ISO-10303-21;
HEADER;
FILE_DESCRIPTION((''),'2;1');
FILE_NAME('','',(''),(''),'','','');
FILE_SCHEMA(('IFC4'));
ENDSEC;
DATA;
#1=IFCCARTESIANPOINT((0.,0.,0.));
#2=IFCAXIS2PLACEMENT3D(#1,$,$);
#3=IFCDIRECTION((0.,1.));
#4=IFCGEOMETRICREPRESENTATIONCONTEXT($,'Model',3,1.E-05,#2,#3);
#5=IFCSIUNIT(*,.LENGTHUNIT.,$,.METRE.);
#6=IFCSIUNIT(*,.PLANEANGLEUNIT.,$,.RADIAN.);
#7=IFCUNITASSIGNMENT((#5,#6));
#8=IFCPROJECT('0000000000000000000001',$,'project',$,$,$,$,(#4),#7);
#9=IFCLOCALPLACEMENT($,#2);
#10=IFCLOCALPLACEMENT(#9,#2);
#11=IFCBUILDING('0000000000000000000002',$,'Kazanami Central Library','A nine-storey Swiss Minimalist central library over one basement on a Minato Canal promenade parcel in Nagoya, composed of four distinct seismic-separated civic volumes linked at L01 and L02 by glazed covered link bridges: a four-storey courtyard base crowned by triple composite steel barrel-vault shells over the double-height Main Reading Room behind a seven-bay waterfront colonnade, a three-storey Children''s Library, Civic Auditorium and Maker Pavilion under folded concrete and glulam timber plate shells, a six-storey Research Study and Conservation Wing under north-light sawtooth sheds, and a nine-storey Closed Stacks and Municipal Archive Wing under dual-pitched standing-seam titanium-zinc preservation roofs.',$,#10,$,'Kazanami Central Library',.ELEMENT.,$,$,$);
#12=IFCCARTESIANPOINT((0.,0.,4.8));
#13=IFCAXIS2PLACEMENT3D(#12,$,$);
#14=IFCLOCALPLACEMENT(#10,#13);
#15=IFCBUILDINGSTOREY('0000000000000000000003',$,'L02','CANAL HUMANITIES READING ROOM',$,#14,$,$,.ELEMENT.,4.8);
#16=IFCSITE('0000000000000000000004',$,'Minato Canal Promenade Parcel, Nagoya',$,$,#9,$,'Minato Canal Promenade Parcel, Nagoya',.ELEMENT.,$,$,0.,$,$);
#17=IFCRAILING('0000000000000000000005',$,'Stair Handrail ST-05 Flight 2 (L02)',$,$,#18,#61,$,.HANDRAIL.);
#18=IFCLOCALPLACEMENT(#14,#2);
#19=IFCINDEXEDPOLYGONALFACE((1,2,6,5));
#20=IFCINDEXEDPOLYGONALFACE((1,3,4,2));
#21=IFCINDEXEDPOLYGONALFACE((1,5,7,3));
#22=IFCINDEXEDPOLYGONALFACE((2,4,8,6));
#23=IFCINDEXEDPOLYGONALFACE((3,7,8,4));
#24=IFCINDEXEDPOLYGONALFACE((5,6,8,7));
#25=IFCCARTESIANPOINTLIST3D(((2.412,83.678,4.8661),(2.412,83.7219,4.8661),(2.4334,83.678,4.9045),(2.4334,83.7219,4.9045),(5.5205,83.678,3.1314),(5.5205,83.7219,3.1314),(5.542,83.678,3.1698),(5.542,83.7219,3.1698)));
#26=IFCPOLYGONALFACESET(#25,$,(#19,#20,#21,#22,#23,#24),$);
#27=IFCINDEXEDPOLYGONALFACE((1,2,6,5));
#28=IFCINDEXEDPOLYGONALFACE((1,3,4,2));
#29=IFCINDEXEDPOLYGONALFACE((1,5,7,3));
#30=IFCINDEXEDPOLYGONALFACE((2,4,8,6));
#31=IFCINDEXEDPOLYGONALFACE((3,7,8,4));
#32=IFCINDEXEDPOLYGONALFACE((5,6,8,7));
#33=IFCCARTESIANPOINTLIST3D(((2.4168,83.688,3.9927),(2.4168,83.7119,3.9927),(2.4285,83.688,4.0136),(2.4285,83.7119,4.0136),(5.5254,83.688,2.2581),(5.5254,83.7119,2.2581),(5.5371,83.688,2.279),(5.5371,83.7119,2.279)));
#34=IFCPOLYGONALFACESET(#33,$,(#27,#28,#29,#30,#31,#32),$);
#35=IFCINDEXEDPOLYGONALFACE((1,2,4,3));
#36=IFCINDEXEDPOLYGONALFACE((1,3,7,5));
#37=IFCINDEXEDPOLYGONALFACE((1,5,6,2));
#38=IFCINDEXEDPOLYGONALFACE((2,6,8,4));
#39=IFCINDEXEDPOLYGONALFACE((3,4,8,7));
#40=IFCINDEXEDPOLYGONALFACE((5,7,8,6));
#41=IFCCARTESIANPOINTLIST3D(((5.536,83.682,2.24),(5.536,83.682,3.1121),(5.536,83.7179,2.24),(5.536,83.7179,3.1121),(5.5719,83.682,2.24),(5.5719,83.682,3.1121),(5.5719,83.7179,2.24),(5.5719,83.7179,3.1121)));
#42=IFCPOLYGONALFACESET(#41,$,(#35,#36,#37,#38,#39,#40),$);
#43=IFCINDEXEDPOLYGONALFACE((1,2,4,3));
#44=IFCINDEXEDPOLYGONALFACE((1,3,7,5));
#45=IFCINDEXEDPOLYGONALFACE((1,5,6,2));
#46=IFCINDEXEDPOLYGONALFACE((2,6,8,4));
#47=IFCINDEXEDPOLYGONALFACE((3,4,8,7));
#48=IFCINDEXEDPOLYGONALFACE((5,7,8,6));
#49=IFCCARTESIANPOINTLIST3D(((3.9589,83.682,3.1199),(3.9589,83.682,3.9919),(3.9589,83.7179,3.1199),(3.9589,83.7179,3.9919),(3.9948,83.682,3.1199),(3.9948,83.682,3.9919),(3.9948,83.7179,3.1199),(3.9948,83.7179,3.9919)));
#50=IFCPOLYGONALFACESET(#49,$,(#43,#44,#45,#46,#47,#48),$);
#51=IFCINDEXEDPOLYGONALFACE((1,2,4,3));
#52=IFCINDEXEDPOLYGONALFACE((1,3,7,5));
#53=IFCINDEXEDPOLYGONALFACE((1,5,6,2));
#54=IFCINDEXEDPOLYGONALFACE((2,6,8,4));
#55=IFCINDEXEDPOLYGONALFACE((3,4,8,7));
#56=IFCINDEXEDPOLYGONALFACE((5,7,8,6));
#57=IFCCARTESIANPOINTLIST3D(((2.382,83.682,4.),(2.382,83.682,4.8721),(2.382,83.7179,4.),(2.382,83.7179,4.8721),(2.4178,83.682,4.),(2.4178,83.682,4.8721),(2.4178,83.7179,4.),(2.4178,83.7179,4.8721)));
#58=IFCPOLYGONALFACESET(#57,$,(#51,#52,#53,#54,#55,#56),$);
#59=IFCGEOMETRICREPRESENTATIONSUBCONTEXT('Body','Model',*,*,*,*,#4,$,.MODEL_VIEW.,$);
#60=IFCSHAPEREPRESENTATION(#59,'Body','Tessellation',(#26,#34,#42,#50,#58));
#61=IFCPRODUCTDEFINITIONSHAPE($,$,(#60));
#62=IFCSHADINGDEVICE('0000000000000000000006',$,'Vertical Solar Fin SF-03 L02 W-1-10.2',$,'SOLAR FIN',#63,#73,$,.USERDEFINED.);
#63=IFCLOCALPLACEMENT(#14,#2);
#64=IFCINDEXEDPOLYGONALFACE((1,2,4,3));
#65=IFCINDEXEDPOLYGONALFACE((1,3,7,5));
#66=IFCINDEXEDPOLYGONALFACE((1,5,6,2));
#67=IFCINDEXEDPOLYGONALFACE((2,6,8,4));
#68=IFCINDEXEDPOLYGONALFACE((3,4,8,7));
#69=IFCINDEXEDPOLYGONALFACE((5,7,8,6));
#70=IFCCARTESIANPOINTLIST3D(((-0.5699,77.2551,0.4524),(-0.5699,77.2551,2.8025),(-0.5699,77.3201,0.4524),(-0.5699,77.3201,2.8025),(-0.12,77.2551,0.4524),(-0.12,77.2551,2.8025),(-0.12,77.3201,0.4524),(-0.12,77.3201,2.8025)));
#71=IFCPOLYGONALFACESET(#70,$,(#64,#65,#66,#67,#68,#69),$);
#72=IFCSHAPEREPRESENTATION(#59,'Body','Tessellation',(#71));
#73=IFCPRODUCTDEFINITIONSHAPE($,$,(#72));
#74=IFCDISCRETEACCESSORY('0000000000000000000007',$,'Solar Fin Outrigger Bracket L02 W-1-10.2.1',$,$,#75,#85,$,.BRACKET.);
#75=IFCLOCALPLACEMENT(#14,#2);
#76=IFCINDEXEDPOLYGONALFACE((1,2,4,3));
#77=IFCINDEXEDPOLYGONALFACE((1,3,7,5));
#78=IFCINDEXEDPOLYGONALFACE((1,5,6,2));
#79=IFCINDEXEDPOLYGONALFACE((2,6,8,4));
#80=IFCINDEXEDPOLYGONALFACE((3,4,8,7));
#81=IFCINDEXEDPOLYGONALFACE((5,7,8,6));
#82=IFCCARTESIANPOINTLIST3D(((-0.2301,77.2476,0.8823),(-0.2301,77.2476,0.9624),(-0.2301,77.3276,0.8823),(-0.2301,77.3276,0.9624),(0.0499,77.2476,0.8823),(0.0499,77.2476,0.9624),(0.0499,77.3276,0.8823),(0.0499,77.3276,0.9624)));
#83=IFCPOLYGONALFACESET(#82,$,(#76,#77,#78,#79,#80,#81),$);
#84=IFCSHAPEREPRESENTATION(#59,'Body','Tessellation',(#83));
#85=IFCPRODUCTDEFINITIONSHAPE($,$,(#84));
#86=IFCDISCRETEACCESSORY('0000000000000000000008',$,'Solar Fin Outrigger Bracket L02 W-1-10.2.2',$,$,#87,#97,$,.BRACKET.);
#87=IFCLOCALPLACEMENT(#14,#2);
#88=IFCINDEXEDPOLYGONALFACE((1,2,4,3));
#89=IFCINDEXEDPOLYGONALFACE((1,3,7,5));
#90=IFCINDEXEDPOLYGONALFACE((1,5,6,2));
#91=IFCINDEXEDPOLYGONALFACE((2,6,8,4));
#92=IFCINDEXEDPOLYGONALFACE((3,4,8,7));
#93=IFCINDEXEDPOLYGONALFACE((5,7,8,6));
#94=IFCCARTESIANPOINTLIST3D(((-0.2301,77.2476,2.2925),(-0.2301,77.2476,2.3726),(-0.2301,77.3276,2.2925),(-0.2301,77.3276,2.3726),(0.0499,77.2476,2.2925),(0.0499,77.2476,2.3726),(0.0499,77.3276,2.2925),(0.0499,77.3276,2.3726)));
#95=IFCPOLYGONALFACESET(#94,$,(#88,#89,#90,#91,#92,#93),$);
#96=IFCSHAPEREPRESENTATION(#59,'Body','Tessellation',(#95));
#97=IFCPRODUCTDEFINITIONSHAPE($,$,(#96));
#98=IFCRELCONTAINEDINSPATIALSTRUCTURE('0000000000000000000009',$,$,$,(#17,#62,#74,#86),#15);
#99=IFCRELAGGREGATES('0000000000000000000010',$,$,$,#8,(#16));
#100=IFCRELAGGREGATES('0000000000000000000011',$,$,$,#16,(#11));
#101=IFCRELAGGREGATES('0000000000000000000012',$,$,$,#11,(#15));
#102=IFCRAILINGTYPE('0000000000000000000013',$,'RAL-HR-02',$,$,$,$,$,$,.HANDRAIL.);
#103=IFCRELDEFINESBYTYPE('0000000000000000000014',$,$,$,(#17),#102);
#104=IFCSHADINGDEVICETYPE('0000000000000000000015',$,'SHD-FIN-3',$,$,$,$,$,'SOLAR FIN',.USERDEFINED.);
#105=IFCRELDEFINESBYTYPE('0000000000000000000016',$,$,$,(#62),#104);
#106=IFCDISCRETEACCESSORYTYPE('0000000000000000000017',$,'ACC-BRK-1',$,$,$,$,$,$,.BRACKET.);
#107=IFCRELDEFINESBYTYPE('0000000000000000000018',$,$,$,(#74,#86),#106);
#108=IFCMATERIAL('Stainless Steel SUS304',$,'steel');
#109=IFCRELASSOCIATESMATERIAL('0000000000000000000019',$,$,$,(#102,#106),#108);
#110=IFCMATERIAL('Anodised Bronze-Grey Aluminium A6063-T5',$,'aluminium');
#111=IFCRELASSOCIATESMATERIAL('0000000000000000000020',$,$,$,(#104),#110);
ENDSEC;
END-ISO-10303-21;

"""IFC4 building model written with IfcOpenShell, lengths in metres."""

from ifc_helpers import new_model, si_unit, direction, frame, origin, origin_2d, place, context, subcontext, project, spatial, rectangle, extrude, material, type_object, element, save


model = new_model("IFC4")

# Units and contexts
model_context = context("Model", 3, precision=1e-05, world=origin(), true_north=direction((0.0, 1.0)))
body_context = subcontext(model_context, "Body", "Model", "MODEL_VIEW")
ifc_project = project(units=[si_unit("LENGTHUNIT", "METRE"), si_unit("PLANEANGLEUNIT", "RADIAN")], contexts=[model_context])

# Site, building, storey
site_placement = place(None, origin())
site = spatial("IfcSite", under=ifc_project, at=site_placement, Name="Minato Canal Promenade Parcel, Nagoya", LongName="Minato Canal Promenade Parcel, Nagoya", CompositionType="ELEMENT", RefElevation=0.0)
building_placement = place(site_placement, origin())
building = spatial("IfcBuilding", under=site, at=building_placement, Name="Kazanami Central Library", Description="A nine-storey Swiss Minimalist central library over one basement on a Minato Canal promenade parcel in Nagoya, composed of four distinct seismic-separated civic volumes linked at L01 and L02 by glazed covered link bridges: a four-storey courtyard base crowned by triple composite steel barrel-vault shells over the double-height Main Reading Room behind a seven-bay waterfront colonnade, a three-storey Children's Library, Civic Auditorium and Maker Pavilion under folded concrete and glulam timber plate shells, a six-storey Research Study and Conservation Wing under north-light sawtooth sheds, and a nine-storey Closed Stacks and Municipal Archive Wing under dual-pitched standing-seam titanium-zinc preservation roofs.", LongName="Kazanami Central Library", CompositionType="ELEMENT")
storey_placement = place(building_placement, frame((0.0, 0.0, 4.8)))
storey = spatial("IfcBuildingStorey", under=building, at=storey_placement, Name="L02", Description="CANAL HUMANITIES READING ROOM", CompositionType="ELEMENT", Elevation=4.8)

# Railing
ifc_material_1 = material(Name="Stainless Steel SUS304", Category="steel")
railing_type_1 = type_object("IfcRailingType", Name="RAL-HR-02", PredefinedType="HANDRAIL", material=ifc_material_1)
railing_1_placement = place(storey_placement, frame((5.554, 83.7, 2.24)))
element("IfcRailing", 1, at=railing_1_placement, inside=storey, type_object=railing_type_1, Name="Stair Handrail ST-05 Flight 2 (L02)", PredefinedType="HANDRAIL", context=body_context, shape_type="SweptSolid", body=[
    extrude(rectangle(XDim=0.0439, YDim=0.0439, at=origin_2d()), frame((-0.0227, 0.0, 0.9106), z_axis=(-0.873244, 0.0, 0.487283), x_axis=(0.0, -1.0, 0.0)), (0.0, 0.0, 1.0), 3.5598),
    extrude(rectangle(XDim=0.0239, YDim=0.0239, at=origin_2d()), frame((-0.0227, 0.0, 0.0286), z_axis=(-0.873244, 0.0, 0.487283), x_axis=(0.0, -1.0, 0.0)), (0.0, 0.0, 1.0), 3.5598),
    extrude(rectangle(XDim=0.0359, YDim=0.0359, at=origin_2d()), origin(), (0.0, 0.0, 1.0), 0.8721),
    extrude(rectangle(XDim=0.0359, YDim=0.0359, at=origin_2d()), frame((-1.5771, 0.0, 0.8799)), (0.0, 0.0, 1.0), 0.8721),
    extrude(rectangle(XDim=0.0359, YDim=0.0359, at=origin_2d()), frame((-3.1541, 0.0, 1.76)), (0.0, 0.0, 1.0), 0.8721),
])

# Shading device
ifc_material_2 = material(Name="Anodised Bronze-Grey Aluminium A6063-T5", Category="aluminium")
shading_device_type = type_object("IfcShadingDeviceType", Name="SHD-FIN-3", ElementType="SOLAR FIN", PredefinedType="USERDEFINED", material=ifc_material_2)
shading_device_placement = place(storey_placement, frame((-0.345, 77.2876, 0.4524), z_axis=(0.0, 0.0, 1.0), x_axis=(0.0, 1.0, 0.0)))
element("IfcShadingDevice", 2, at=shading_device_placement, inside=storey, type_object=shading_device_type, Name="Vertical Solar Fin SF-03 L02 W-1-10.2", ObjectType="SOLAR FIN", PredefinedType="USERDEFINED", context=body_context, shape_type="SweptSolid", body=[
    extrude(rectangle(XDim=0.0649, YDim=0.45, at=origin_2d()), origin(), (0.0, 0.0, 1.0), 2.3501),
])

# Discrete accessories
discrete_accessory_type = type_object("IfcDiscreteAccessoryType", Name="ACC-BRK-1", PredefinedType="BRACKET", material=ifc_material_1)
for number, where, z_axis, x_axis, name in (
    (3, (-0.0901, 77.2876, 0.8823), (0.0, 0.0, 1.0), (0.0, 1.0, 0.0), "Solar Fin Outrigger Bracket L02 W-1-10.2.1"),
    (4, (-0.0901, 77.2876, 2.2925), (0.0, 0.0, 1.0), (0.0, 1.0, 0.0), "Solar Fin Outrigger Bracket L02 W-1-10.2.2"),
):
    element("IfcDiscreteAccessory", number, at=place(storey_placement, frame(where, z_axis=z_axis, x_axis=x_axis)), inside=storey, type_object=discrete_accessory_type, Name=name, PredefinedType="BRACKET", context=body_context, shape_type="SweptSolid", body=[
        extrude(rectangle(XDim=0.0801, YDim=0.28, at=origin_2d()), origin(), (0.0, 0.0, 1.0), 0.0801),
    ])

save(model, "model.ifc")
